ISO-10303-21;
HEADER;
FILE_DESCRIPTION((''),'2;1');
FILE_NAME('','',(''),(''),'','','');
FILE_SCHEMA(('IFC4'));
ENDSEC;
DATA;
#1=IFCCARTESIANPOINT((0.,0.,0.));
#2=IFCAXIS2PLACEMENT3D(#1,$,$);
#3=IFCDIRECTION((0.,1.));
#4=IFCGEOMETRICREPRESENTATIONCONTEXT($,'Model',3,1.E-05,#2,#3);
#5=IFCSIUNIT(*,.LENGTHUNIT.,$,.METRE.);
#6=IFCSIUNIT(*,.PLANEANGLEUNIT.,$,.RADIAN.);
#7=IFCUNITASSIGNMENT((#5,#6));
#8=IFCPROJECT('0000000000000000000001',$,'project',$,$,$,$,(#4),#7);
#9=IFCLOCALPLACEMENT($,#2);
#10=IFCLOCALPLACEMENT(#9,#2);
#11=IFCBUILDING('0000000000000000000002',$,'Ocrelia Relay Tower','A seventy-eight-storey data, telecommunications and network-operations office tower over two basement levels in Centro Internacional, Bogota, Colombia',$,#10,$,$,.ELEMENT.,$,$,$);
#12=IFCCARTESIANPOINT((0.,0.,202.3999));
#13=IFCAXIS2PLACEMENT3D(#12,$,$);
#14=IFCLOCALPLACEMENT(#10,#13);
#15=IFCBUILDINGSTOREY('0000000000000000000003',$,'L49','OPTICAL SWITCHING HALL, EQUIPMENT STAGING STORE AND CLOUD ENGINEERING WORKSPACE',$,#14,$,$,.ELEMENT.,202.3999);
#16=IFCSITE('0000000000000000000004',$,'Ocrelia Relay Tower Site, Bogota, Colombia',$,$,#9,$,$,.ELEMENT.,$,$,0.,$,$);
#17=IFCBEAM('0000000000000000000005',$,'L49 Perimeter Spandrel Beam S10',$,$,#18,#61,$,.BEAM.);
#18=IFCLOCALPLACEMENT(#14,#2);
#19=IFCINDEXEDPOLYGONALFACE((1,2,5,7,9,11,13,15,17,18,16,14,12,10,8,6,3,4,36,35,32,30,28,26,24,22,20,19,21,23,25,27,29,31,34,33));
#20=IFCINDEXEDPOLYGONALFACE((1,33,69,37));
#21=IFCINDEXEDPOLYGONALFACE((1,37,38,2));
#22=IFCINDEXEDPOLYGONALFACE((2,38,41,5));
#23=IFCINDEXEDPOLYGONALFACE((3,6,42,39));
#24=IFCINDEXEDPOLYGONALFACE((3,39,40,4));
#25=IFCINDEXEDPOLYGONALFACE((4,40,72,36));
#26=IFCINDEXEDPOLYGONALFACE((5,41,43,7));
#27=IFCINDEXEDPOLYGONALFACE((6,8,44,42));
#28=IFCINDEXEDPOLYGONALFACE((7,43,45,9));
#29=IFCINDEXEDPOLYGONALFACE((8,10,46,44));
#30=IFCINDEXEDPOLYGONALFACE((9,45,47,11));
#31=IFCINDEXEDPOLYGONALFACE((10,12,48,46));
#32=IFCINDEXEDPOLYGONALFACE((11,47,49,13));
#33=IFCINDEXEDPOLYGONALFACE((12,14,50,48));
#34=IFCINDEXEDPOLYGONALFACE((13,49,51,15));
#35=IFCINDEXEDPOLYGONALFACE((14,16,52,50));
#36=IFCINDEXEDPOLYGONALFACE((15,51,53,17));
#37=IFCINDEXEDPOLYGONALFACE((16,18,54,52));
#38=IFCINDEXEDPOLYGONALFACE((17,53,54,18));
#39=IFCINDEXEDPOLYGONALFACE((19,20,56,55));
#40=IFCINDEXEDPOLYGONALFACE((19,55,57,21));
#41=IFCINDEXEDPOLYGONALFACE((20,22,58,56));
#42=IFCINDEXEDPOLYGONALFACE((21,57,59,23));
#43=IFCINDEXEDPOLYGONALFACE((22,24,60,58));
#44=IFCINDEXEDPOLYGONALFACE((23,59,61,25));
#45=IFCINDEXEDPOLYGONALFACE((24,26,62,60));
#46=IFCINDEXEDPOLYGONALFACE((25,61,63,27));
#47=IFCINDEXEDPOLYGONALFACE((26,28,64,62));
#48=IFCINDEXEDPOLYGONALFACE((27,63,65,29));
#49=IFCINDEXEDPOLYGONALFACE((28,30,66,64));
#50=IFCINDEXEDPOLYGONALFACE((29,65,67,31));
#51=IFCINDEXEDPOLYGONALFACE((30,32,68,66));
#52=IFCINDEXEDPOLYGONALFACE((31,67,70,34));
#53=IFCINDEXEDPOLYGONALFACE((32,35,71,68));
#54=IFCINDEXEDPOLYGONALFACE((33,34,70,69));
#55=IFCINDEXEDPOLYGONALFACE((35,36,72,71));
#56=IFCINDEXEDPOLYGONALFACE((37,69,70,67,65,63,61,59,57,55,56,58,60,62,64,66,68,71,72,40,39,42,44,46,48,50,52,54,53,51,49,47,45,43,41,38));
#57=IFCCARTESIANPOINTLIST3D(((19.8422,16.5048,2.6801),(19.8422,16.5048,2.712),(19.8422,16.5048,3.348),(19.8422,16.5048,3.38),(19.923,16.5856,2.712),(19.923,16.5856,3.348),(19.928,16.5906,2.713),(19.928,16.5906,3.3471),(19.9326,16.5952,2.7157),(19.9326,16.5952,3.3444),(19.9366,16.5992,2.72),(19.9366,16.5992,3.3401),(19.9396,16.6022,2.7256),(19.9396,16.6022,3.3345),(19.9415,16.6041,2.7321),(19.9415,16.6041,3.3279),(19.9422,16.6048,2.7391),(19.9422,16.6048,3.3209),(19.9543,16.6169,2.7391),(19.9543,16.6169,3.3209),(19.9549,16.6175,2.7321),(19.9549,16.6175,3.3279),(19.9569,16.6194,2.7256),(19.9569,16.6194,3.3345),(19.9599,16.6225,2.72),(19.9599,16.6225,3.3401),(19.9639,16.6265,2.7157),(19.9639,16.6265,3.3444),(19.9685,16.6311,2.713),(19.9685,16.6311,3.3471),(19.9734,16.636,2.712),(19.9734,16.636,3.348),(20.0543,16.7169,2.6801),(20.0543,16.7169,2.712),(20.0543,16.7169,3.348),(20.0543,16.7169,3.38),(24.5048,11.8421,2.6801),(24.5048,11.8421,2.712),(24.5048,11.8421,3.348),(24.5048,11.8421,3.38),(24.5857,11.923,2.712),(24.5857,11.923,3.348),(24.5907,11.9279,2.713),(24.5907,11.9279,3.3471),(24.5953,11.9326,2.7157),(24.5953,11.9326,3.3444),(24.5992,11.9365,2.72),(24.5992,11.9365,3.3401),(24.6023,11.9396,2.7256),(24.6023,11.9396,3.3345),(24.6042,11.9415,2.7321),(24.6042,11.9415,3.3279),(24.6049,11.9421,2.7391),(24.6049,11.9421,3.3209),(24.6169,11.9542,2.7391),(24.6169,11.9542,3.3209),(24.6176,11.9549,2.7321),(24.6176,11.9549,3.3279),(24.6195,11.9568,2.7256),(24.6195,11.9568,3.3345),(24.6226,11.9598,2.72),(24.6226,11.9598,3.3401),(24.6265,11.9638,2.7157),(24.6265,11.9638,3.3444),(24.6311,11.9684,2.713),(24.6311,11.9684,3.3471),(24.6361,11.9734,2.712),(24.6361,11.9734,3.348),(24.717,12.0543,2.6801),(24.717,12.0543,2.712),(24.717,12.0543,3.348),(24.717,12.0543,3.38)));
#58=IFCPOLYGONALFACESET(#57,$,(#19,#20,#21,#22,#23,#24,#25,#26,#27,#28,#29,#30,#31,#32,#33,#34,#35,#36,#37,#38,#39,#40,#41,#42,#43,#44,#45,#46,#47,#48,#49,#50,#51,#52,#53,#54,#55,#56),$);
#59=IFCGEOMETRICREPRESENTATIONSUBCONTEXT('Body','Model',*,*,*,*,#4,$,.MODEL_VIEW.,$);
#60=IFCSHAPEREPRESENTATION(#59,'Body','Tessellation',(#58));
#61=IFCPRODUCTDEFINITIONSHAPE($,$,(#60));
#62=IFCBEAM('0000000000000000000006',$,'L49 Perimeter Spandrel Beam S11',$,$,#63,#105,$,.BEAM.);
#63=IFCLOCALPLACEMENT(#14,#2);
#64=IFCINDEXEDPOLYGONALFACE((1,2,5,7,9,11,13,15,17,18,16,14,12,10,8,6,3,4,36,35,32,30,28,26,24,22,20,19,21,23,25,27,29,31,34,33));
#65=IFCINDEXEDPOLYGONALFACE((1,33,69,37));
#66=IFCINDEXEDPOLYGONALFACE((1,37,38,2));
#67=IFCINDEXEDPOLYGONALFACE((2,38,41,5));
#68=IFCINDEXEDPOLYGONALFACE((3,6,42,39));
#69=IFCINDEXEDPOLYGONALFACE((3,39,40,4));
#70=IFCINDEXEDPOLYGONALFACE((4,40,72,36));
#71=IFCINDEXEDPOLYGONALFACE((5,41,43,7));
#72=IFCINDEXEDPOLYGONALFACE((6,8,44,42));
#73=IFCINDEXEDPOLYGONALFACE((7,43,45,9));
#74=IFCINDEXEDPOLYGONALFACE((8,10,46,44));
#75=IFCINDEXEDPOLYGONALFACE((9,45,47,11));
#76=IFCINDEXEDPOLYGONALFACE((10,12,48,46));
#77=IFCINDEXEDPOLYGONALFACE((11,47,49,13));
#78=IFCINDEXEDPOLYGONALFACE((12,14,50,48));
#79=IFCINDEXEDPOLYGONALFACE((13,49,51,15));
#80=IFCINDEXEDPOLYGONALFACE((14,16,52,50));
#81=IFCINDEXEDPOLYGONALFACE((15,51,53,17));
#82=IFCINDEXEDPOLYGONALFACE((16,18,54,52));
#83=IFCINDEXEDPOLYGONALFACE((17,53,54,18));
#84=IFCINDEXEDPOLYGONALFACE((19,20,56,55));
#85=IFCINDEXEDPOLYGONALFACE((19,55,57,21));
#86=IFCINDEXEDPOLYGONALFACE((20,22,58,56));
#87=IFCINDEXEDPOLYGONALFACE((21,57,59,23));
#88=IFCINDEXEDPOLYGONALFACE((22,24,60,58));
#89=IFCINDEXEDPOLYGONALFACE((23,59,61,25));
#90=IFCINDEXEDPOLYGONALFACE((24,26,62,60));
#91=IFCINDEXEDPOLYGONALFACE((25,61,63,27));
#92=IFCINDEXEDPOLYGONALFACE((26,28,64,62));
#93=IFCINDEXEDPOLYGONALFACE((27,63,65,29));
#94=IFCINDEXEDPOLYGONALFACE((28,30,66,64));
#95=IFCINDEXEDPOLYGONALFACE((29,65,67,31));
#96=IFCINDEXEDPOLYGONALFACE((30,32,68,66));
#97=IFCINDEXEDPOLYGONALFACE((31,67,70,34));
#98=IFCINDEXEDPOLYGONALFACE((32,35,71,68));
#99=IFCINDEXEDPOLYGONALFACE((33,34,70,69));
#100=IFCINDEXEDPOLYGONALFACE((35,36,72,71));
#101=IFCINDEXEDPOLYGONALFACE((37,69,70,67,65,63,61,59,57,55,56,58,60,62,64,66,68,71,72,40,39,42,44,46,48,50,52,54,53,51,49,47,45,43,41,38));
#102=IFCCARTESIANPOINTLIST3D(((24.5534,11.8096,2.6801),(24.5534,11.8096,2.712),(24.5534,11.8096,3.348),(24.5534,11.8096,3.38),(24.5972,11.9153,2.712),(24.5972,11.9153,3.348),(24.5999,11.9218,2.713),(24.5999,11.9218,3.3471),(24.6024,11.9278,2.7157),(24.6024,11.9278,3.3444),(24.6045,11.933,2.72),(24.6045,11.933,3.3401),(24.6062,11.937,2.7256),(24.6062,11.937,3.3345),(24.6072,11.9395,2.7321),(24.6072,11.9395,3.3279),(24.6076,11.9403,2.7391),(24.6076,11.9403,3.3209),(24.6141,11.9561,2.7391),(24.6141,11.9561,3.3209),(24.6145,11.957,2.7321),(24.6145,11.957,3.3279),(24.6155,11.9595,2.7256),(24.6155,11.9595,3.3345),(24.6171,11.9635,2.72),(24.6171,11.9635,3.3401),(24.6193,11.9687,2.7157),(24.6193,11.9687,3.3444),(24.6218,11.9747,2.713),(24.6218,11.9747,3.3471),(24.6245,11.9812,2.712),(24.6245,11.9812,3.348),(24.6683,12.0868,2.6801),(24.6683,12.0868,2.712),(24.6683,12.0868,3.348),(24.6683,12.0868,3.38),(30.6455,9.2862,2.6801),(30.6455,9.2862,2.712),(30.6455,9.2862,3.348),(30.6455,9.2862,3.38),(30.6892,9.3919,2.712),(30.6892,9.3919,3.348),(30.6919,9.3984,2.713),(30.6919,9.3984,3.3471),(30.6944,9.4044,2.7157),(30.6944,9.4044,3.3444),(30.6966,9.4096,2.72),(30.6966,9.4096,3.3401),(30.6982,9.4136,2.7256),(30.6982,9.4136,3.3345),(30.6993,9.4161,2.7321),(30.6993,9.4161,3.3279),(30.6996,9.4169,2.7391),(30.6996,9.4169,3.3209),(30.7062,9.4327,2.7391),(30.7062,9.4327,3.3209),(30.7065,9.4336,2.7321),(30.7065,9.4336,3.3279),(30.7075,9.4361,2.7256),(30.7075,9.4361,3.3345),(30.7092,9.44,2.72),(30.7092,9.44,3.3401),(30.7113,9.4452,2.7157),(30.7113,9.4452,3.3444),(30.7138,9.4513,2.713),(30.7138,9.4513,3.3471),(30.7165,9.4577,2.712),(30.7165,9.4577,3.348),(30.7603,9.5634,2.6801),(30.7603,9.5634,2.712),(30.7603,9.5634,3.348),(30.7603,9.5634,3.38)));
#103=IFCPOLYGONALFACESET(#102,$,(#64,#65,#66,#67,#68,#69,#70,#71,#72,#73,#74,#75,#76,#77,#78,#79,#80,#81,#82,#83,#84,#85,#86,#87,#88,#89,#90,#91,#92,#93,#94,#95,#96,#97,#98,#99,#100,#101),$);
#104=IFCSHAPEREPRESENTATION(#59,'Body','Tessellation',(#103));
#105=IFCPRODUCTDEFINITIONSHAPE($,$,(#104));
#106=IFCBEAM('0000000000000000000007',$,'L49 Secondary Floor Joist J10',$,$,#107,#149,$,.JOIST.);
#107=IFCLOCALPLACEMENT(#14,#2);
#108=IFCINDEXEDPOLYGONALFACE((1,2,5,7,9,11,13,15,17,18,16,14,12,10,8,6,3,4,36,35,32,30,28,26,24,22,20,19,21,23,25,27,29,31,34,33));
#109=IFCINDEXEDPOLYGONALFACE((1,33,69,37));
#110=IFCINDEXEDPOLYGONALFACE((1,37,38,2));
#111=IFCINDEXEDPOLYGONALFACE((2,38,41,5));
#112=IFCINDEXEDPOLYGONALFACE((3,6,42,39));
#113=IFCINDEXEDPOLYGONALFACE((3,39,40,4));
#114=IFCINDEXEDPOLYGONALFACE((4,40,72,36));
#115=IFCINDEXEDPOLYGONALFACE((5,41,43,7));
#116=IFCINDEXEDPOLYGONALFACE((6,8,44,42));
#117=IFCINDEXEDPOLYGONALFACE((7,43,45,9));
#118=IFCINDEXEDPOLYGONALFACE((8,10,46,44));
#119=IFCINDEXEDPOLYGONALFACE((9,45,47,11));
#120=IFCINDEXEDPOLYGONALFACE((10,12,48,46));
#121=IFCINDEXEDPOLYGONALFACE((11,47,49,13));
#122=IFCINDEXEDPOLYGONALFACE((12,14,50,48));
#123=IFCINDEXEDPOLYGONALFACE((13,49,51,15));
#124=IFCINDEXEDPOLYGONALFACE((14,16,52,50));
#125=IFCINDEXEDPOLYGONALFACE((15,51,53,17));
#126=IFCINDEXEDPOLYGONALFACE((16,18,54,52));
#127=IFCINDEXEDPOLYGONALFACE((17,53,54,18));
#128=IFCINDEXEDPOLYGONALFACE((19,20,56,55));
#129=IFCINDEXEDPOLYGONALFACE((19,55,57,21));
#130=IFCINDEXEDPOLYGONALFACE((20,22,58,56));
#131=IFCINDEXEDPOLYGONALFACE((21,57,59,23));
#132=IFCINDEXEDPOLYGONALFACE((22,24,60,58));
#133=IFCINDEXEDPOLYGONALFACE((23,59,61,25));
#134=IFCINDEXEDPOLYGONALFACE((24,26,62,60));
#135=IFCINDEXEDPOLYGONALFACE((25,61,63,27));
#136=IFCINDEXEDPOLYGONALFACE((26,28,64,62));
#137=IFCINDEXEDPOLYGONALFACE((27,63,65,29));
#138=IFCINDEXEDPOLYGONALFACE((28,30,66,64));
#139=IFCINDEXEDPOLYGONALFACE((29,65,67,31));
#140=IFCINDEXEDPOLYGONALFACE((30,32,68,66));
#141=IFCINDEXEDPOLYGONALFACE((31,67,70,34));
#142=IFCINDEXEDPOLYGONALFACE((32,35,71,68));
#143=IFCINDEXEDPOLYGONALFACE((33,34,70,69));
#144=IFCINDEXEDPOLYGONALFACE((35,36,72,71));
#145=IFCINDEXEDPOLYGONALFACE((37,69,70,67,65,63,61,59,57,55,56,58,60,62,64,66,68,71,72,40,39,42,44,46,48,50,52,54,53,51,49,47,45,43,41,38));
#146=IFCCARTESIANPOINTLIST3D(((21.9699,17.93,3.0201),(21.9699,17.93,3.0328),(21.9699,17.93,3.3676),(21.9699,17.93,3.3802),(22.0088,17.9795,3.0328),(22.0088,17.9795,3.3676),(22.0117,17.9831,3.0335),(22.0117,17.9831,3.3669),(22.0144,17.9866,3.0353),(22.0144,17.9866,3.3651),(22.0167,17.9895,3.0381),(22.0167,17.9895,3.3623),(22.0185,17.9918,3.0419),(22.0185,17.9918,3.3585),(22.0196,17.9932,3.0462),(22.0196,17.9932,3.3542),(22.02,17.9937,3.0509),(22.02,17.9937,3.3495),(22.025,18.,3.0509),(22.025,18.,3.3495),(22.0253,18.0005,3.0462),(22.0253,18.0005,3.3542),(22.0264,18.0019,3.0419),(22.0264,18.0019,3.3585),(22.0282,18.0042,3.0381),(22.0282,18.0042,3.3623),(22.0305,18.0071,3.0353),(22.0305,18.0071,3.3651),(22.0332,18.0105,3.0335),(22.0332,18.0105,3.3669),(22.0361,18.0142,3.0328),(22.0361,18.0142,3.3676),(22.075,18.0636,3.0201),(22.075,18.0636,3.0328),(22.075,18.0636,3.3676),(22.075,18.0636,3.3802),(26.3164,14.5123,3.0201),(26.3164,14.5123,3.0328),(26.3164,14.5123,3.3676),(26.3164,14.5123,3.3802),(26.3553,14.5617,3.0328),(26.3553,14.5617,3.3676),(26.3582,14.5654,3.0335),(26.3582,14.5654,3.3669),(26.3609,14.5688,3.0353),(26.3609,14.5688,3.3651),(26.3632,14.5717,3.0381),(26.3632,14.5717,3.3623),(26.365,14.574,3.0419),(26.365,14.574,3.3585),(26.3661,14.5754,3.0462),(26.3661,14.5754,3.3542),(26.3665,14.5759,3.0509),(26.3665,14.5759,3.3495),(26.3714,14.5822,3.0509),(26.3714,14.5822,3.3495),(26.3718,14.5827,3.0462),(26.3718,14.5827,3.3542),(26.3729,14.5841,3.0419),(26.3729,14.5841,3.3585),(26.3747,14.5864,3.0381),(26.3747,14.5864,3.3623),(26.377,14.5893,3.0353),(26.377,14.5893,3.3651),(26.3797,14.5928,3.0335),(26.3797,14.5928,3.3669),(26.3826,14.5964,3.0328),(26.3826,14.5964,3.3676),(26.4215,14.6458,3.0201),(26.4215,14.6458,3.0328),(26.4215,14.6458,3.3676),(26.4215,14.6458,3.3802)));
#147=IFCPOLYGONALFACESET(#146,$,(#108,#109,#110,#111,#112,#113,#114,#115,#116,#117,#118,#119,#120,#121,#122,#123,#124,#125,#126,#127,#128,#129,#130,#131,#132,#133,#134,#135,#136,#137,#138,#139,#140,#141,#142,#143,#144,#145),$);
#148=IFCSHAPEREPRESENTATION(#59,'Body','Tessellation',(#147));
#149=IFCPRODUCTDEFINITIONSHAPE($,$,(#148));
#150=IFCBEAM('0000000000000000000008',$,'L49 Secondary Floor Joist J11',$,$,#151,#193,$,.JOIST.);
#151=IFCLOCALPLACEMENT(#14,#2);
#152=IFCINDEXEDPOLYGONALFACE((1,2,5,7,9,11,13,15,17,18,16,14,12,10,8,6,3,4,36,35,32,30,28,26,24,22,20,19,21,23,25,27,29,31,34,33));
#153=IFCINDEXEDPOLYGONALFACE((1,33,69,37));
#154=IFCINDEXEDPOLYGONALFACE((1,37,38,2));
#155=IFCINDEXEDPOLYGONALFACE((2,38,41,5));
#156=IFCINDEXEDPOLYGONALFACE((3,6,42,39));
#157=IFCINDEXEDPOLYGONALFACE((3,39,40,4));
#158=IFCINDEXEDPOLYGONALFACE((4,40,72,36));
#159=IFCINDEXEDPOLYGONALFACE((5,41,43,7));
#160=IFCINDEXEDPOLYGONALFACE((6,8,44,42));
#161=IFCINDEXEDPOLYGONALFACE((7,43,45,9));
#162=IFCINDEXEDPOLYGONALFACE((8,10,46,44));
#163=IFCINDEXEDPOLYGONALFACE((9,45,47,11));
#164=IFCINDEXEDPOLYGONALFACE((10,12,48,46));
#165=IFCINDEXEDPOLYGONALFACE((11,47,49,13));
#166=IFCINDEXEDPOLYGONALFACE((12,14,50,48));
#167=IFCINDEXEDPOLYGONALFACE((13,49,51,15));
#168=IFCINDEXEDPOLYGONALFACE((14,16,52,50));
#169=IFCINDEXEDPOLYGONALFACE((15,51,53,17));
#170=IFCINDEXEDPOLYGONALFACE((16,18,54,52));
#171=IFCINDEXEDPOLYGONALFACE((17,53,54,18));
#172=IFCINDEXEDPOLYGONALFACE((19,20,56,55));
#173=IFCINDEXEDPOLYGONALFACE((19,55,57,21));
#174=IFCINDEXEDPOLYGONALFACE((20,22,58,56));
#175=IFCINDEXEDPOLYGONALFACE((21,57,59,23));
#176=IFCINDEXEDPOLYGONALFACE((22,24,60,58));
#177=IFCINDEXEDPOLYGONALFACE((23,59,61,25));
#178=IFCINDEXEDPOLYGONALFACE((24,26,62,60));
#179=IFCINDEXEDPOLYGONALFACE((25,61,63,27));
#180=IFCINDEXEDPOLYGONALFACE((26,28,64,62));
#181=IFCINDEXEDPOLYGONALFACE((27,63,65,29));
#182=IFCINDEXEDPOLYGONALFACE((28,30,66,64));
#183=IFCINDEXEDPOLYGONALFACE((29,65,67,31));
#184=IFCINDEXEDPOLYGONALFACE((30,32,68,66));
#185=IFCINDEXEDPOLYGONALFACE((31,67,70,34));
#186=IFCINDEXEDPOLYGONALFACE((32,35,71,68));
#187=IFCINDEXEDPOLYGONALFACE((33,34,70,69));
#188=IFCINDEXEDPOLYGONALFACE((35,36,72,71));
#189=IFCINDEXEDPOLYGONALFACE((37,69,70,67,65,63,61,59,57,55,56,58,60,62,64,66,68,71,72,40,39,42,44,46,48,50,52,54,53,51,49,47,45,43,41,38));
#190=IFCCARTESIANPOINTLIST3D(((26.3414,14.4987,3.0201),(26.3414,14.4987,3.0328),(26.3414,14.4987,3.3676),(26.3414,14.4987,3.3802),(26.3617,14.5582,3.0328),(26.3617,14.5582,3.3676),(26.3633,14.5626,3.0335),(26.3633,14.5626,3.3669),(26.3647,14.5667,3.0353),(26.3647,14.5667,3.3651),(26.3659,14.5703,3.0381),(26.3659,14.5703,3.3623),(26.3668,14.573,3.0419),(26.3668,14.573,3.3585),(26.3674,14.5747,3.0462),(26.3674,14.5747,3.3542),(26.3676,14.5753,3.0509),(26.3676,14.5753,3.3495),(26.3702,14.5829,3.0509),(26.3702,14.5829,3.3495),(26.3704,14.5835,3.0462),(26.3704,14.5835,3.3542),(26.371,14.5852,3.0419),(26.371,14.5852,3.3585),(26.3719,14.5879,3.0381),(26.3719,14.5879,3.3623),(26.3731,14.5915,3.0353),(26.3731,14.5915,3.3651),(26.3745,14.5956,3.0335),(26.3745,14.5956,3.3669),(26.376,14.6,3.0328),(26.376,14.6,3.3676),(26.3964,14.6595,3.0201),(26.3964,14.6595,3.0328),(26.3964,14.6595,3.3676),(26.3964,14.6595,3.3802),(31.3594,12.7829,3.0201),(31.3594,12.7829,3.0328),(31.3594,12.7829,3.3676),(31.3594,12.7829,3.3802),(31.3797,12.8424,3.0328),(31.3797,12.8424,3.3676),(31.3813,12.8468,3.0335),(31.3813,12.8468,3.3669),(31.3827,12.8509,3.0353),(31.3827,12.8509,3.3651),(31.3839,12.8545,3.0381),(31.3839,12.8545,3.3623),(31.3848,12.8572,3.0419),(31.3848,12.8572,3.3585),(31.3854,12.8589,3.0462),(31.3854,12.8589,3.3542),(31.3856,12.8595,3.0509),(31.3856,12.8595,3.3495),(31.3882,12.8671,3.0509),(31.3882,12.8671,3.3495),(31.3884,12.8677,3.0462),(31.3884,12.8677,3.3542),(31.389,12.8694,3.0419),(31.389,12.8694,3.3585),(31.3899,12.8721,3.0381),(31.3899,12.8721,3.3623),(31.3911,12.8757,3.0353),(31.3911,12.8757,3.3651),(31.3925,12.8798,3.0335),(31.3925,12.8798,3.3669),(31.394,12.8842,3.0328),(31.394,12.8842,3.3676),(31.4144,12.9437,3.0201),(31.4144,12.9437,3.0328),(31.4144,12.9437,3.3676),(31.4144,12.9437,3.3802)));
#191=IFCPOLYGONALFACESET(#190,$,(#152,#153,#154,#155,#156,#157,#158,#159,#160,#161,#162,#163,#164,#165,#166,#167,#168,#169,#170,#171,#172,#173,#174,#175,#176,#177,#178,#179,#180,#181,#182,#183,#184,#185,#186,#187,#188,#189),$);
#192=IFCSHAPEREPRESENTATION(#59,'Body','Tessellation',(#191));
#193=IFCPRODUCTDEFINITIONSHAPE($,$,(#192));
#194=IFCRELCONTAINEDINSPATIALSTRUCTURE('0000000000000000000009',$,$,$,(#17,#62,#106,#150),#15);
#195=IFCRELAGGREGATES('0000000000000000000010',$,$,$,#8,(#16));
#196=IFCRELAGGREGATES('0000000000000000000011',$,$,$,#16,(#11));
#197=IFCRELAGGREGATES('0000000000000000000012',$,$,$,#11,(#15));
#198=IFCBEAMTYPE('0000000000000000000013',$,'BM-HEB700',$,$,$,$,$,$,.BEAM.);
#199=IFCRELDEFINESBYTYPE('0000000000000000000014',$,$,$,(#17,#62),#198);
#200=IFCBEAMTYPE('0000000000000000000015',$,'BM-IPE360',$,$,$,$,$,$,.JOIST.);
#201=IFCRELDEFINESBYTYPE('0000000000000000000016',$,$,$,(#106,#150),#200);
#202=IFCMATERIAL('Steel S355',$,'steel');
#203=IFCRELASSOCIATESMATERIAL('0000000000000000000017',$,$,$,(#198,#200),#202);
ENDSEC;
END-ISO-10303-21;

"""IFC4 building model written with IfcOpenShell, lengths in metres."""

from ifc_helpers import new_model, si_unit, direction, frame, origin, origin_2d, place, context, subcontext, project, spatial, i_section, extrude, material, material_profile, profile_set, type_object, element, save


model = new_model("IFC4")

# Units and contexts
model_context = context("Model", 3, precision=1e-05, world=origin(), true_north=direction((0.0, 1.0)))
body_context = subcontext(model_context, "Body", "Model", "MODEL_VIEW")
ifc_project = project(units=[si_unit("LENGTHUNIT", "METRE"), si_unit("PLANEANGLEUNIT", "RADIAN")], contexts=[model_context])

# Site, building, storey
site_placement = place(None, origin())
site = spatial("IfcSite", under=ifc_project, at=site_placement, Name="Ocrelia Relay Tower Site, Bogota, Colombia", CompositionType="ELEMENT", RefElevation=0.0)
building_placement = place(site_placement, origin())
building = spatial("IfcBuilding", under=site, at=building_placement, Name="Ocrelia Relay Tower", Description="A seventy-eight-storey data, telecommunications and network-operations office tower over two basement levels in Centro Internacional, Bogota, Colombia", CompositionType="ELEMENT")
storey_placement = place(building_placement, frame((0.0, 0.0, 202.3999)))
storey = spatial("IfcBuildingStorey", under=building, at=storey_placement, Name="L49", Description="OPTICAL SWITCHING HALL, EQUIPMENT STAGING STORE AND CLOUD ENGINEERING WORKSPACE", CompositionType="ELEMENT", Elevation=202.3999)

# Beams
ifc_material_1 = material(Name="Steel S355", Category="steel")
ifc_material_profile_1 = material_profile(ifc_material_1, i_section(OverallWidth=0.3, OverallDepth=0.7, WebThickness=0.0171, FlangeThickness=0.032, FilletRadius=0.0271, at=origin_2d()), Name="HEB 700")
ifc_profile_set_1 = profile_set([ifc_material_profile_1], Name="Steel S355")
beam_type_1 = type_object("IfcBeamType", Name="BM-HEB700", PredefinedType="BEAM", material=ifc_profile_set_1)
for number, where, z_axis, x_axis, name in (
    (1, (19.9482, 16.6108, 3.03), (0.707107, -0.707107, 0.0), (0.707107, 0.707107, 0.0), "L49 Perimeter Spandrel Beam S10"),
    (2, (24.6108, 11.9482, 3.03), (0.923878, -0.382688, 0.0), (0.382688, 0.923878, 0.0), "L49 Perimeter Spandrel Beam S11"),
):
    element("IfcBeam", number, at=place(storey_placement, frame(where, z_axis=z_axis, x_axis=x_axis)), inside=storey, type_object=beam_type_1, Name=name, PredefinedType="BEAM", context=body_context, shape_type="SweptSolid", body=[
        extrude(i_section(OverallWidth=0.3, OverallDepth=0.7, WebThickness=0.0171, FlangeThickness=0.032, FilletRadius=0.0271, at=origin_2d()), origin(), (0.0, 0.0, 1.0), 6.594),
    ])
ifc_material_profile_2 = material_profile(ifc_material_1, i_section(OverallWidth=0.1699, OverallDepth=0.3601, WebThickness=0.0081, FlangeThickness=0.0127, FilletRadius=0.0181, at=origin_2d()), Name="IPE 360")
ifc_profile_set_2 = profile_set([ifc_material_profile_2], Name="Steel S355")
beam_type_2 = type_object("IfcBeamType", Name="BM-IPE360", PredefinedType="JOIST", material=ifc_profile_set_2)
beam_1_placement = place(storey_placement, frame((22.0225, 17.9968, 3.2002), z_axis=(0.786084, -0.61812, 0.0), x_axis=(0.61812, 0.786084, 0.0)))
element("IfcBeam", 3, at=beam_1_placement, inside=storey, type_object=beam_type_2, Name="L49 Secondary Floor Joist J10", PredefinedType="JOIST", context=body_context, shape_type="SweptSolid", body=[
    extrude(i_section(OverallWidth=0.1699, OverallDepth=0.3601, WebThickness=0.0081, FlangeThickness=0.0127, FilletRadius=0.0181, at=origin_2d()), origin(), (0.0, 0.0, 1.0), 5.5293),
])
beam_2_placement = place(storey_placement, frame((26.3689, 14.5791, 3.2002), z_axis=(0.946215, -0.323538, 0.0), x_axis=(0.323538, 0.946215, 0.0)))
element("IfcBeam", 4, at=beam_2_placement, inside=storey, type_object=beam_type_2, Name="L49 Secondary Floor Joist J11", PredefinedType="JOIST", context=body_context, shape_type="SweptSolid", body=[
    extrude(i_section(OverallWidth=0.1699, OverallDepth=0.3601, WebThickness=0.0081, FlangeThickness=0.0127, FilletRadius=0.0181, at=origin_2d()), origin(), (0.0, 0.0, 1.0), 5.3032),
])

save(model, "model.ifc")
